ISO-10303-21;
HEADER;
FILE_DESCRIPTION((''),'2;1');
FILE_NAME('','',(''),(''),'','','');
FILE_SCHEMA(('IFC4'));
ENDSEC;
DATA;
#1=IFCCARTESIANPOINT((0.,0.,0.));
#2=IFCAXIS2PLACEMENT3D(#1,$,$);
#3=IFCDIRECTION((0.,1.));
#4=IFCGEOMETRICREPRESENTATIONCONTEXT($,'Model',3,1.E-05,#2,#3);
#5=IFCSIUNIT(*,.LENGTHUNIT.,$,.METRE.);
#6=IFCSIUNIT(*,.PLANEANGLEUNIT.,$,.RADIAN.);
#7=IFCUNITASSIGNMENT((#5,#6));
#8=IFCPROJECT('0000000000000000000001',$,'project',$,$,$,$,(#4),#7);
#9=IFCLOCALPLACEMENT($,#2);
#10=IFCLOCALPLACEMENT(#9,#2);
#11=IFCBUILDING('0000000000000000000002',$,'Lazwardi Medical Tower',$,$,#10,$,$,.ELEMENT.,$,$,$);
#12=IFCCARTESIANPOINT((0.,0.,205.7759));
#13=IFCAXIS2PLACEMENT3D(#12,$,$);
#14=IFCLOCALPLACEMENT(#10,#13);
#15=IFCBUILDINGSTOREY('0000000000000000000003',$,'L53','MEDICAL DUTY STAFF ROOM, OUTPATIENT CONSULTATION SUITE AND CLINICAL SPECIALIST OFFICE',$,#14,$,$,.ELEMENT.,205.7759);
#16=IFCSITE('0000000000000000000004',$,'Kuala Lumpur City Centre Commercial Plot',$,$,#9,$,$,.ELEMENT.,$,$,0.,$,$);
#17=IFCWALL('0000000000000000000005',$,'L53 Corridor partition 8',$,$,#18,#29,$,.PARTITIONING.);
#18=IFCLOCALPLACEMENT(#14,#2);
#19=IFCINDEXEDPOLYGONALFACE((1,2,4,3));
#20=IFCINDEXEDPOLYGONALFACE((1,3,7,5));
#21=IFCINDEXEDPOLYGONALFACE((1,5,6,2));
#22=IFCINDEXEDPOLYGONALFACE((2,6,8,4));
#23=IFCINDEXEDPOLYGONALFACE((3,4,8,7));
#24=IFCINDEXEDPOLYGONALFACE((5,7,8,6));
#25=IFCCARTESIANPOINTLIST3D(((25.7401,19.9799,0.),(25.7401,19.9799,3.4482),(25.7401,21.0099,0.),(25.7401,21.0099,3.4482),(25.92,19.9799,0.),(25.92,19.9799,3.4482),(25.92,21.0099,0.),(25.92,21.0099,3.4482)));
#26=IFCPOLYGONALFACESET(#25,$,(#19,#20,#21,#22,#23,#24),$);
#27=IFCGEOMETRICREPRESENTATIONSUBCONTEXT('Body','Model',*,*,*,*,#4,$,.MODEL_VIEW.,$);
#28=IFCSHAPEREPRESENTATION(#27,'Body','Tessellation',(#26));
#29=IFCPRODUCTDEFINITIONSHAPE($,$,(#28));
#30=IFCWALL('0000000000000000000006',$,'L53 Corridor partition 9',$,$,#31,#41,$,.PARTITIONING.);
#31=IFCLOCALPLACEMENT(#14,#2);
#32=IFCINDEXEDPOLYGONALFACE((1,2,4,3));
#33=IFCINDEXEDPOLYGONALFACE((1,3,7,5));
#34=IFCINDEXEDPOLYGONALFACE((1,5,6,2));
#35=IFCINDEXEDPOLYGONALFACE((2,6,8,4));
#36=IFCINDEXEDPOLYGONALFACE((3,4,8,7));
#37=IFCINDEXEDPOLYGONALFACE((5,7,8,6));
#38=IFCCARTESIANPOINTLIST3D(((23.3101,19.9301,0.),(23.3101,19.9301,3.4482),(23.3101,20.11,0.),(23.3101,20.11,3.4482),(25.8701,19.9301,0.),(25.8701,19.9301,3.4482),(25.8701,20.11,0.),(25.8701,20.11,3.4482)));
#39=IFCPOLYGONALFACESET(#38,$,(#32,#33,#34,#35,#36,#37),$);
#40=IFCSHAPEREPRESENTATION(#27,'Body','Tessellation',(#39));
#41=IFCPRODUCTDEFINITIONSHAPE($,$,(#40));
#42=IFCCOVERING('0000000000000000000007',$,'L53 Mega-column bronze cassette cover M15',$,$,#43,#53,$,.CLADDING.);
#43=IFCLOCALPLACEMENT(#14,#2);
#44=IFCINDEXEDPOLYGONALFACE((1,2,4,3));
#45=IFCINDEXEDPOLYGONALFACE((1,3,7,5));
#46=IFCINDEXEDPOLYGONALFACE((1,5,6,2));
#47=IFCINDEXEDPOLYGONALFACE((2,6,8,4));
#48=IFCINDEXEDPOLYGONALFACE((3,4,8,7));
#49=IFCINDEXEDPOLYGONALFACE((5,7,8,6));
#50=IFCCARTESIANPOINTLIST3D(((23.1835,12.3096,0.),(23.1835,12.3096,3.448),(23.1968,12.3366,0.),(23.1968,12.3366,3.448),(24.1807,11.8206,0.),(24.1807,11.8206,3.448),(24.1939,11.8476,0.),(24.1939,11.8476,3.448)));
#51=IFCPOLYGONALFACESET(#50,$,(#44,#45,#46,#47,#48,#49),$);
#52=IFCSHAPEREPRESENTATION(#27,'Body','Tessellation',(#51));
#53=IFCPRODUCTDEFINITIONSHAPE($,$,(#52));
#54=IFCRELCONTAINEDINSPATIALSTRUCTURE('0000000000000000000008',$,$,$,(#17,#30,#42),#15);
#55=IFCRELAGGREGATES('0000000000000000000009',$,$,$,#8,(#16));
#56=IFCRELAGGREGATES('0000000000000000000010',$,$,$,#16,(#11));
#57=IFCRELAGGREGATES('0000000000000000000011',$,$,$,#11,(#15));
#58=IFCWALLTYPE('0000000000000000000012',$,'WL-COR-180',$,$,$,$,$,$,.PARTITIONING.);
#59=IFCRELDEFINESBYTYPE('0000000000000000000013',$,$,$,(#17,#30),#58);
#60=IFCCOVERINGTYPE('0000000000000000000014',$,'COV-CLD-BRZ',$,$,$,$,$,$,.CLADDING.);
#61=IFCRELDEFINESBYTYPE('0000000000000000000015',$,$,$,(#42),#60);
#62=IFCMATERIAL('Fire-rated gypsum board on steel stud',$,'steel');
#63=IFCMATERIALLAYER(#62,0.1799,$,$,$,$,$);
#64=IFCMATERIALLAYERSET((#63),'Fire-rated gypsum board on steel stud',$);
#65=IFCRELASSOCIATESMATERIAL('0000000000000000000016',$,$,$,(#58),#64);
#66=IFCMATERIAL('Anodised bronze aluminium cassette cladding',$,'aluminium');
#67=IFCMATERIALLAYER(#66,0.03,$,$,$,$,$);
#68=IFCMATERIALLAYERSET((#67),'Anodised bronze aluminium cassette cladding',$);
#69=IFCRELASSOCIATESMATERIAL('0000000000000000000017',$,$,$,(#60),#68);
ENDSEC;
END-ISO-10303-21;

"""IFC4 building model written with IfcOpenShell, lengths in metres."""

from ifc_helpers import new_model, si_unit, direction, frame, frame_2d, origin, origin_2d, place, context, subcontext, project, spatial, rectangle, extrude, material, layer, layer_set, type_object, element, save


model = new_model("IFC4")

# Units and contexts
model_context = context("Model", 3, precision=1e-05, world=origin(), true_north=direction((0.0, 1.0)))
body_context = subcontext(model_context, "Body", "Model", "MODEL_VIEW")
ifc_project = project(units=[si_unit("LENGTHUNIT", "METRE"), si_unit("PLANEANGLEUNIT", "RADIAN")], contexts=[model_context])

# Site, building, storey
site_placement = place(None, origin())
site = spatial("IfcSite", under=ifc_project, at=site_placement, Name="Kuala Lumpur City Centre Commercial Plot", CompositionType="ELEMENT", RefElevation=0.0)
building_placement = place(site_placement, origin())
building = spatial("IfcBuilding", under=site, at=building_placement, Name="Lazwardi Medical Tower", CompositionType="ELEMENT")
storey_placement = place(building_placement, frame((0.0, 0.0, 205.7759)))
storey = spatial("IfcBuildingStorey", under=building, at=storey_placement, Name="L53", Description="MEDICAL DUTY STAFF ROOM, OUTPATIENT CONSULTATION SUITE AND CLINICAL SPECIALIST OFFICE", CompositionType="ELEMENT", Elevation=205.7759)

# Walls
ifc_material_1 = material(Name="Fire-rated gypsum board on steel stud", Category="steel")
ifc_layer_1 = layer(ifc_material_1, 0.1799)
ifc_layer_set_1 = layer_set([ifc_layer_1], Name="Fire-rated gypsum board on steel stud")
wall_type = type_object("IfcWallType", Name="WL-COR-180", PredefinedType="PARTITIONING", material=ifc_layer_set_1)
wall_1_placement = place(storey_placement, frame((25.8301, 21.01, 0.0), z_axis=(0.0, 0.0, 1.0), x_axis=(0.0, -1.0, 0.0)))
element("IfcWall", 1, at=wall_1_placement, inside=storey, type_object=wall_type, Name="L53 Corridor partition 8", PredefinedType="PARTITIONING", context=body_context, shape_type="SweptSolid", body=[
    extrude(rectangle(XDim=1.03, YDim=0.1799, at=frame_2d((0.5151, 0.0))), origin(), (0.0, 0.0, 1.0), 3.4482),
])
wall_2_placement = place(storey_placement, frame((25.8701, 20.02, 0.0), z_axis=(0.0, 0.0, 1.0), x_axis=(-1.0, 0.0, 0.0)))
element("IfcWall", 2, at=wall_2_placement, inside=storey, type_object=wall_type, Name="L53 Corridor partition 9", PredefinedType="PARTITIONING", context=body_context, shape_type="SweptSolid", body=[
    extrude(rectangle(XDim=2.5601, YDim=0.1799, at=frame_2d((1.28, 0.0))), origin(), (0.0, 0.0, 1.0), 3.4482),
])

# Covering
ifc_material_2 = material(Name="Anodised bronze aluminium cassette cladding", Category="aluminium")
ifc_layer_2 = layer(ifc_material_2, 0.03)
ifc_layer_set_2 = layer_set([ifc_layer_2], Name="Anodised bronze aluminium cassette cladding")
covering_type = type_object("IfcCoveringType", Name="COV-CLD-BRZ", PredefinedType="CLADDING", material=ifc_layer_set_2)
covering_placement = place(storey_placement, frame((23.6887, 12.0786, 0.0), z_axis=(0.0, 0.0, 1.0), x_axis=(0.89784, -0.440322, 0.0)))
element("IfcCovering", 3, at=covering_placement, inside=storey, type_object=covering_type, Name="L53 Mega-column bronze cassette cover M15", PredefinedType="CLADDING", context=body_context, shape_type="SweptSolid", body=[
    extrude(rectangle(XDim=1.1106, YDim=0.03, at=origin_2d()), origin(), (0.0, 0.0, 1.0), 3.448),
])

save(model, "model.ifc")
